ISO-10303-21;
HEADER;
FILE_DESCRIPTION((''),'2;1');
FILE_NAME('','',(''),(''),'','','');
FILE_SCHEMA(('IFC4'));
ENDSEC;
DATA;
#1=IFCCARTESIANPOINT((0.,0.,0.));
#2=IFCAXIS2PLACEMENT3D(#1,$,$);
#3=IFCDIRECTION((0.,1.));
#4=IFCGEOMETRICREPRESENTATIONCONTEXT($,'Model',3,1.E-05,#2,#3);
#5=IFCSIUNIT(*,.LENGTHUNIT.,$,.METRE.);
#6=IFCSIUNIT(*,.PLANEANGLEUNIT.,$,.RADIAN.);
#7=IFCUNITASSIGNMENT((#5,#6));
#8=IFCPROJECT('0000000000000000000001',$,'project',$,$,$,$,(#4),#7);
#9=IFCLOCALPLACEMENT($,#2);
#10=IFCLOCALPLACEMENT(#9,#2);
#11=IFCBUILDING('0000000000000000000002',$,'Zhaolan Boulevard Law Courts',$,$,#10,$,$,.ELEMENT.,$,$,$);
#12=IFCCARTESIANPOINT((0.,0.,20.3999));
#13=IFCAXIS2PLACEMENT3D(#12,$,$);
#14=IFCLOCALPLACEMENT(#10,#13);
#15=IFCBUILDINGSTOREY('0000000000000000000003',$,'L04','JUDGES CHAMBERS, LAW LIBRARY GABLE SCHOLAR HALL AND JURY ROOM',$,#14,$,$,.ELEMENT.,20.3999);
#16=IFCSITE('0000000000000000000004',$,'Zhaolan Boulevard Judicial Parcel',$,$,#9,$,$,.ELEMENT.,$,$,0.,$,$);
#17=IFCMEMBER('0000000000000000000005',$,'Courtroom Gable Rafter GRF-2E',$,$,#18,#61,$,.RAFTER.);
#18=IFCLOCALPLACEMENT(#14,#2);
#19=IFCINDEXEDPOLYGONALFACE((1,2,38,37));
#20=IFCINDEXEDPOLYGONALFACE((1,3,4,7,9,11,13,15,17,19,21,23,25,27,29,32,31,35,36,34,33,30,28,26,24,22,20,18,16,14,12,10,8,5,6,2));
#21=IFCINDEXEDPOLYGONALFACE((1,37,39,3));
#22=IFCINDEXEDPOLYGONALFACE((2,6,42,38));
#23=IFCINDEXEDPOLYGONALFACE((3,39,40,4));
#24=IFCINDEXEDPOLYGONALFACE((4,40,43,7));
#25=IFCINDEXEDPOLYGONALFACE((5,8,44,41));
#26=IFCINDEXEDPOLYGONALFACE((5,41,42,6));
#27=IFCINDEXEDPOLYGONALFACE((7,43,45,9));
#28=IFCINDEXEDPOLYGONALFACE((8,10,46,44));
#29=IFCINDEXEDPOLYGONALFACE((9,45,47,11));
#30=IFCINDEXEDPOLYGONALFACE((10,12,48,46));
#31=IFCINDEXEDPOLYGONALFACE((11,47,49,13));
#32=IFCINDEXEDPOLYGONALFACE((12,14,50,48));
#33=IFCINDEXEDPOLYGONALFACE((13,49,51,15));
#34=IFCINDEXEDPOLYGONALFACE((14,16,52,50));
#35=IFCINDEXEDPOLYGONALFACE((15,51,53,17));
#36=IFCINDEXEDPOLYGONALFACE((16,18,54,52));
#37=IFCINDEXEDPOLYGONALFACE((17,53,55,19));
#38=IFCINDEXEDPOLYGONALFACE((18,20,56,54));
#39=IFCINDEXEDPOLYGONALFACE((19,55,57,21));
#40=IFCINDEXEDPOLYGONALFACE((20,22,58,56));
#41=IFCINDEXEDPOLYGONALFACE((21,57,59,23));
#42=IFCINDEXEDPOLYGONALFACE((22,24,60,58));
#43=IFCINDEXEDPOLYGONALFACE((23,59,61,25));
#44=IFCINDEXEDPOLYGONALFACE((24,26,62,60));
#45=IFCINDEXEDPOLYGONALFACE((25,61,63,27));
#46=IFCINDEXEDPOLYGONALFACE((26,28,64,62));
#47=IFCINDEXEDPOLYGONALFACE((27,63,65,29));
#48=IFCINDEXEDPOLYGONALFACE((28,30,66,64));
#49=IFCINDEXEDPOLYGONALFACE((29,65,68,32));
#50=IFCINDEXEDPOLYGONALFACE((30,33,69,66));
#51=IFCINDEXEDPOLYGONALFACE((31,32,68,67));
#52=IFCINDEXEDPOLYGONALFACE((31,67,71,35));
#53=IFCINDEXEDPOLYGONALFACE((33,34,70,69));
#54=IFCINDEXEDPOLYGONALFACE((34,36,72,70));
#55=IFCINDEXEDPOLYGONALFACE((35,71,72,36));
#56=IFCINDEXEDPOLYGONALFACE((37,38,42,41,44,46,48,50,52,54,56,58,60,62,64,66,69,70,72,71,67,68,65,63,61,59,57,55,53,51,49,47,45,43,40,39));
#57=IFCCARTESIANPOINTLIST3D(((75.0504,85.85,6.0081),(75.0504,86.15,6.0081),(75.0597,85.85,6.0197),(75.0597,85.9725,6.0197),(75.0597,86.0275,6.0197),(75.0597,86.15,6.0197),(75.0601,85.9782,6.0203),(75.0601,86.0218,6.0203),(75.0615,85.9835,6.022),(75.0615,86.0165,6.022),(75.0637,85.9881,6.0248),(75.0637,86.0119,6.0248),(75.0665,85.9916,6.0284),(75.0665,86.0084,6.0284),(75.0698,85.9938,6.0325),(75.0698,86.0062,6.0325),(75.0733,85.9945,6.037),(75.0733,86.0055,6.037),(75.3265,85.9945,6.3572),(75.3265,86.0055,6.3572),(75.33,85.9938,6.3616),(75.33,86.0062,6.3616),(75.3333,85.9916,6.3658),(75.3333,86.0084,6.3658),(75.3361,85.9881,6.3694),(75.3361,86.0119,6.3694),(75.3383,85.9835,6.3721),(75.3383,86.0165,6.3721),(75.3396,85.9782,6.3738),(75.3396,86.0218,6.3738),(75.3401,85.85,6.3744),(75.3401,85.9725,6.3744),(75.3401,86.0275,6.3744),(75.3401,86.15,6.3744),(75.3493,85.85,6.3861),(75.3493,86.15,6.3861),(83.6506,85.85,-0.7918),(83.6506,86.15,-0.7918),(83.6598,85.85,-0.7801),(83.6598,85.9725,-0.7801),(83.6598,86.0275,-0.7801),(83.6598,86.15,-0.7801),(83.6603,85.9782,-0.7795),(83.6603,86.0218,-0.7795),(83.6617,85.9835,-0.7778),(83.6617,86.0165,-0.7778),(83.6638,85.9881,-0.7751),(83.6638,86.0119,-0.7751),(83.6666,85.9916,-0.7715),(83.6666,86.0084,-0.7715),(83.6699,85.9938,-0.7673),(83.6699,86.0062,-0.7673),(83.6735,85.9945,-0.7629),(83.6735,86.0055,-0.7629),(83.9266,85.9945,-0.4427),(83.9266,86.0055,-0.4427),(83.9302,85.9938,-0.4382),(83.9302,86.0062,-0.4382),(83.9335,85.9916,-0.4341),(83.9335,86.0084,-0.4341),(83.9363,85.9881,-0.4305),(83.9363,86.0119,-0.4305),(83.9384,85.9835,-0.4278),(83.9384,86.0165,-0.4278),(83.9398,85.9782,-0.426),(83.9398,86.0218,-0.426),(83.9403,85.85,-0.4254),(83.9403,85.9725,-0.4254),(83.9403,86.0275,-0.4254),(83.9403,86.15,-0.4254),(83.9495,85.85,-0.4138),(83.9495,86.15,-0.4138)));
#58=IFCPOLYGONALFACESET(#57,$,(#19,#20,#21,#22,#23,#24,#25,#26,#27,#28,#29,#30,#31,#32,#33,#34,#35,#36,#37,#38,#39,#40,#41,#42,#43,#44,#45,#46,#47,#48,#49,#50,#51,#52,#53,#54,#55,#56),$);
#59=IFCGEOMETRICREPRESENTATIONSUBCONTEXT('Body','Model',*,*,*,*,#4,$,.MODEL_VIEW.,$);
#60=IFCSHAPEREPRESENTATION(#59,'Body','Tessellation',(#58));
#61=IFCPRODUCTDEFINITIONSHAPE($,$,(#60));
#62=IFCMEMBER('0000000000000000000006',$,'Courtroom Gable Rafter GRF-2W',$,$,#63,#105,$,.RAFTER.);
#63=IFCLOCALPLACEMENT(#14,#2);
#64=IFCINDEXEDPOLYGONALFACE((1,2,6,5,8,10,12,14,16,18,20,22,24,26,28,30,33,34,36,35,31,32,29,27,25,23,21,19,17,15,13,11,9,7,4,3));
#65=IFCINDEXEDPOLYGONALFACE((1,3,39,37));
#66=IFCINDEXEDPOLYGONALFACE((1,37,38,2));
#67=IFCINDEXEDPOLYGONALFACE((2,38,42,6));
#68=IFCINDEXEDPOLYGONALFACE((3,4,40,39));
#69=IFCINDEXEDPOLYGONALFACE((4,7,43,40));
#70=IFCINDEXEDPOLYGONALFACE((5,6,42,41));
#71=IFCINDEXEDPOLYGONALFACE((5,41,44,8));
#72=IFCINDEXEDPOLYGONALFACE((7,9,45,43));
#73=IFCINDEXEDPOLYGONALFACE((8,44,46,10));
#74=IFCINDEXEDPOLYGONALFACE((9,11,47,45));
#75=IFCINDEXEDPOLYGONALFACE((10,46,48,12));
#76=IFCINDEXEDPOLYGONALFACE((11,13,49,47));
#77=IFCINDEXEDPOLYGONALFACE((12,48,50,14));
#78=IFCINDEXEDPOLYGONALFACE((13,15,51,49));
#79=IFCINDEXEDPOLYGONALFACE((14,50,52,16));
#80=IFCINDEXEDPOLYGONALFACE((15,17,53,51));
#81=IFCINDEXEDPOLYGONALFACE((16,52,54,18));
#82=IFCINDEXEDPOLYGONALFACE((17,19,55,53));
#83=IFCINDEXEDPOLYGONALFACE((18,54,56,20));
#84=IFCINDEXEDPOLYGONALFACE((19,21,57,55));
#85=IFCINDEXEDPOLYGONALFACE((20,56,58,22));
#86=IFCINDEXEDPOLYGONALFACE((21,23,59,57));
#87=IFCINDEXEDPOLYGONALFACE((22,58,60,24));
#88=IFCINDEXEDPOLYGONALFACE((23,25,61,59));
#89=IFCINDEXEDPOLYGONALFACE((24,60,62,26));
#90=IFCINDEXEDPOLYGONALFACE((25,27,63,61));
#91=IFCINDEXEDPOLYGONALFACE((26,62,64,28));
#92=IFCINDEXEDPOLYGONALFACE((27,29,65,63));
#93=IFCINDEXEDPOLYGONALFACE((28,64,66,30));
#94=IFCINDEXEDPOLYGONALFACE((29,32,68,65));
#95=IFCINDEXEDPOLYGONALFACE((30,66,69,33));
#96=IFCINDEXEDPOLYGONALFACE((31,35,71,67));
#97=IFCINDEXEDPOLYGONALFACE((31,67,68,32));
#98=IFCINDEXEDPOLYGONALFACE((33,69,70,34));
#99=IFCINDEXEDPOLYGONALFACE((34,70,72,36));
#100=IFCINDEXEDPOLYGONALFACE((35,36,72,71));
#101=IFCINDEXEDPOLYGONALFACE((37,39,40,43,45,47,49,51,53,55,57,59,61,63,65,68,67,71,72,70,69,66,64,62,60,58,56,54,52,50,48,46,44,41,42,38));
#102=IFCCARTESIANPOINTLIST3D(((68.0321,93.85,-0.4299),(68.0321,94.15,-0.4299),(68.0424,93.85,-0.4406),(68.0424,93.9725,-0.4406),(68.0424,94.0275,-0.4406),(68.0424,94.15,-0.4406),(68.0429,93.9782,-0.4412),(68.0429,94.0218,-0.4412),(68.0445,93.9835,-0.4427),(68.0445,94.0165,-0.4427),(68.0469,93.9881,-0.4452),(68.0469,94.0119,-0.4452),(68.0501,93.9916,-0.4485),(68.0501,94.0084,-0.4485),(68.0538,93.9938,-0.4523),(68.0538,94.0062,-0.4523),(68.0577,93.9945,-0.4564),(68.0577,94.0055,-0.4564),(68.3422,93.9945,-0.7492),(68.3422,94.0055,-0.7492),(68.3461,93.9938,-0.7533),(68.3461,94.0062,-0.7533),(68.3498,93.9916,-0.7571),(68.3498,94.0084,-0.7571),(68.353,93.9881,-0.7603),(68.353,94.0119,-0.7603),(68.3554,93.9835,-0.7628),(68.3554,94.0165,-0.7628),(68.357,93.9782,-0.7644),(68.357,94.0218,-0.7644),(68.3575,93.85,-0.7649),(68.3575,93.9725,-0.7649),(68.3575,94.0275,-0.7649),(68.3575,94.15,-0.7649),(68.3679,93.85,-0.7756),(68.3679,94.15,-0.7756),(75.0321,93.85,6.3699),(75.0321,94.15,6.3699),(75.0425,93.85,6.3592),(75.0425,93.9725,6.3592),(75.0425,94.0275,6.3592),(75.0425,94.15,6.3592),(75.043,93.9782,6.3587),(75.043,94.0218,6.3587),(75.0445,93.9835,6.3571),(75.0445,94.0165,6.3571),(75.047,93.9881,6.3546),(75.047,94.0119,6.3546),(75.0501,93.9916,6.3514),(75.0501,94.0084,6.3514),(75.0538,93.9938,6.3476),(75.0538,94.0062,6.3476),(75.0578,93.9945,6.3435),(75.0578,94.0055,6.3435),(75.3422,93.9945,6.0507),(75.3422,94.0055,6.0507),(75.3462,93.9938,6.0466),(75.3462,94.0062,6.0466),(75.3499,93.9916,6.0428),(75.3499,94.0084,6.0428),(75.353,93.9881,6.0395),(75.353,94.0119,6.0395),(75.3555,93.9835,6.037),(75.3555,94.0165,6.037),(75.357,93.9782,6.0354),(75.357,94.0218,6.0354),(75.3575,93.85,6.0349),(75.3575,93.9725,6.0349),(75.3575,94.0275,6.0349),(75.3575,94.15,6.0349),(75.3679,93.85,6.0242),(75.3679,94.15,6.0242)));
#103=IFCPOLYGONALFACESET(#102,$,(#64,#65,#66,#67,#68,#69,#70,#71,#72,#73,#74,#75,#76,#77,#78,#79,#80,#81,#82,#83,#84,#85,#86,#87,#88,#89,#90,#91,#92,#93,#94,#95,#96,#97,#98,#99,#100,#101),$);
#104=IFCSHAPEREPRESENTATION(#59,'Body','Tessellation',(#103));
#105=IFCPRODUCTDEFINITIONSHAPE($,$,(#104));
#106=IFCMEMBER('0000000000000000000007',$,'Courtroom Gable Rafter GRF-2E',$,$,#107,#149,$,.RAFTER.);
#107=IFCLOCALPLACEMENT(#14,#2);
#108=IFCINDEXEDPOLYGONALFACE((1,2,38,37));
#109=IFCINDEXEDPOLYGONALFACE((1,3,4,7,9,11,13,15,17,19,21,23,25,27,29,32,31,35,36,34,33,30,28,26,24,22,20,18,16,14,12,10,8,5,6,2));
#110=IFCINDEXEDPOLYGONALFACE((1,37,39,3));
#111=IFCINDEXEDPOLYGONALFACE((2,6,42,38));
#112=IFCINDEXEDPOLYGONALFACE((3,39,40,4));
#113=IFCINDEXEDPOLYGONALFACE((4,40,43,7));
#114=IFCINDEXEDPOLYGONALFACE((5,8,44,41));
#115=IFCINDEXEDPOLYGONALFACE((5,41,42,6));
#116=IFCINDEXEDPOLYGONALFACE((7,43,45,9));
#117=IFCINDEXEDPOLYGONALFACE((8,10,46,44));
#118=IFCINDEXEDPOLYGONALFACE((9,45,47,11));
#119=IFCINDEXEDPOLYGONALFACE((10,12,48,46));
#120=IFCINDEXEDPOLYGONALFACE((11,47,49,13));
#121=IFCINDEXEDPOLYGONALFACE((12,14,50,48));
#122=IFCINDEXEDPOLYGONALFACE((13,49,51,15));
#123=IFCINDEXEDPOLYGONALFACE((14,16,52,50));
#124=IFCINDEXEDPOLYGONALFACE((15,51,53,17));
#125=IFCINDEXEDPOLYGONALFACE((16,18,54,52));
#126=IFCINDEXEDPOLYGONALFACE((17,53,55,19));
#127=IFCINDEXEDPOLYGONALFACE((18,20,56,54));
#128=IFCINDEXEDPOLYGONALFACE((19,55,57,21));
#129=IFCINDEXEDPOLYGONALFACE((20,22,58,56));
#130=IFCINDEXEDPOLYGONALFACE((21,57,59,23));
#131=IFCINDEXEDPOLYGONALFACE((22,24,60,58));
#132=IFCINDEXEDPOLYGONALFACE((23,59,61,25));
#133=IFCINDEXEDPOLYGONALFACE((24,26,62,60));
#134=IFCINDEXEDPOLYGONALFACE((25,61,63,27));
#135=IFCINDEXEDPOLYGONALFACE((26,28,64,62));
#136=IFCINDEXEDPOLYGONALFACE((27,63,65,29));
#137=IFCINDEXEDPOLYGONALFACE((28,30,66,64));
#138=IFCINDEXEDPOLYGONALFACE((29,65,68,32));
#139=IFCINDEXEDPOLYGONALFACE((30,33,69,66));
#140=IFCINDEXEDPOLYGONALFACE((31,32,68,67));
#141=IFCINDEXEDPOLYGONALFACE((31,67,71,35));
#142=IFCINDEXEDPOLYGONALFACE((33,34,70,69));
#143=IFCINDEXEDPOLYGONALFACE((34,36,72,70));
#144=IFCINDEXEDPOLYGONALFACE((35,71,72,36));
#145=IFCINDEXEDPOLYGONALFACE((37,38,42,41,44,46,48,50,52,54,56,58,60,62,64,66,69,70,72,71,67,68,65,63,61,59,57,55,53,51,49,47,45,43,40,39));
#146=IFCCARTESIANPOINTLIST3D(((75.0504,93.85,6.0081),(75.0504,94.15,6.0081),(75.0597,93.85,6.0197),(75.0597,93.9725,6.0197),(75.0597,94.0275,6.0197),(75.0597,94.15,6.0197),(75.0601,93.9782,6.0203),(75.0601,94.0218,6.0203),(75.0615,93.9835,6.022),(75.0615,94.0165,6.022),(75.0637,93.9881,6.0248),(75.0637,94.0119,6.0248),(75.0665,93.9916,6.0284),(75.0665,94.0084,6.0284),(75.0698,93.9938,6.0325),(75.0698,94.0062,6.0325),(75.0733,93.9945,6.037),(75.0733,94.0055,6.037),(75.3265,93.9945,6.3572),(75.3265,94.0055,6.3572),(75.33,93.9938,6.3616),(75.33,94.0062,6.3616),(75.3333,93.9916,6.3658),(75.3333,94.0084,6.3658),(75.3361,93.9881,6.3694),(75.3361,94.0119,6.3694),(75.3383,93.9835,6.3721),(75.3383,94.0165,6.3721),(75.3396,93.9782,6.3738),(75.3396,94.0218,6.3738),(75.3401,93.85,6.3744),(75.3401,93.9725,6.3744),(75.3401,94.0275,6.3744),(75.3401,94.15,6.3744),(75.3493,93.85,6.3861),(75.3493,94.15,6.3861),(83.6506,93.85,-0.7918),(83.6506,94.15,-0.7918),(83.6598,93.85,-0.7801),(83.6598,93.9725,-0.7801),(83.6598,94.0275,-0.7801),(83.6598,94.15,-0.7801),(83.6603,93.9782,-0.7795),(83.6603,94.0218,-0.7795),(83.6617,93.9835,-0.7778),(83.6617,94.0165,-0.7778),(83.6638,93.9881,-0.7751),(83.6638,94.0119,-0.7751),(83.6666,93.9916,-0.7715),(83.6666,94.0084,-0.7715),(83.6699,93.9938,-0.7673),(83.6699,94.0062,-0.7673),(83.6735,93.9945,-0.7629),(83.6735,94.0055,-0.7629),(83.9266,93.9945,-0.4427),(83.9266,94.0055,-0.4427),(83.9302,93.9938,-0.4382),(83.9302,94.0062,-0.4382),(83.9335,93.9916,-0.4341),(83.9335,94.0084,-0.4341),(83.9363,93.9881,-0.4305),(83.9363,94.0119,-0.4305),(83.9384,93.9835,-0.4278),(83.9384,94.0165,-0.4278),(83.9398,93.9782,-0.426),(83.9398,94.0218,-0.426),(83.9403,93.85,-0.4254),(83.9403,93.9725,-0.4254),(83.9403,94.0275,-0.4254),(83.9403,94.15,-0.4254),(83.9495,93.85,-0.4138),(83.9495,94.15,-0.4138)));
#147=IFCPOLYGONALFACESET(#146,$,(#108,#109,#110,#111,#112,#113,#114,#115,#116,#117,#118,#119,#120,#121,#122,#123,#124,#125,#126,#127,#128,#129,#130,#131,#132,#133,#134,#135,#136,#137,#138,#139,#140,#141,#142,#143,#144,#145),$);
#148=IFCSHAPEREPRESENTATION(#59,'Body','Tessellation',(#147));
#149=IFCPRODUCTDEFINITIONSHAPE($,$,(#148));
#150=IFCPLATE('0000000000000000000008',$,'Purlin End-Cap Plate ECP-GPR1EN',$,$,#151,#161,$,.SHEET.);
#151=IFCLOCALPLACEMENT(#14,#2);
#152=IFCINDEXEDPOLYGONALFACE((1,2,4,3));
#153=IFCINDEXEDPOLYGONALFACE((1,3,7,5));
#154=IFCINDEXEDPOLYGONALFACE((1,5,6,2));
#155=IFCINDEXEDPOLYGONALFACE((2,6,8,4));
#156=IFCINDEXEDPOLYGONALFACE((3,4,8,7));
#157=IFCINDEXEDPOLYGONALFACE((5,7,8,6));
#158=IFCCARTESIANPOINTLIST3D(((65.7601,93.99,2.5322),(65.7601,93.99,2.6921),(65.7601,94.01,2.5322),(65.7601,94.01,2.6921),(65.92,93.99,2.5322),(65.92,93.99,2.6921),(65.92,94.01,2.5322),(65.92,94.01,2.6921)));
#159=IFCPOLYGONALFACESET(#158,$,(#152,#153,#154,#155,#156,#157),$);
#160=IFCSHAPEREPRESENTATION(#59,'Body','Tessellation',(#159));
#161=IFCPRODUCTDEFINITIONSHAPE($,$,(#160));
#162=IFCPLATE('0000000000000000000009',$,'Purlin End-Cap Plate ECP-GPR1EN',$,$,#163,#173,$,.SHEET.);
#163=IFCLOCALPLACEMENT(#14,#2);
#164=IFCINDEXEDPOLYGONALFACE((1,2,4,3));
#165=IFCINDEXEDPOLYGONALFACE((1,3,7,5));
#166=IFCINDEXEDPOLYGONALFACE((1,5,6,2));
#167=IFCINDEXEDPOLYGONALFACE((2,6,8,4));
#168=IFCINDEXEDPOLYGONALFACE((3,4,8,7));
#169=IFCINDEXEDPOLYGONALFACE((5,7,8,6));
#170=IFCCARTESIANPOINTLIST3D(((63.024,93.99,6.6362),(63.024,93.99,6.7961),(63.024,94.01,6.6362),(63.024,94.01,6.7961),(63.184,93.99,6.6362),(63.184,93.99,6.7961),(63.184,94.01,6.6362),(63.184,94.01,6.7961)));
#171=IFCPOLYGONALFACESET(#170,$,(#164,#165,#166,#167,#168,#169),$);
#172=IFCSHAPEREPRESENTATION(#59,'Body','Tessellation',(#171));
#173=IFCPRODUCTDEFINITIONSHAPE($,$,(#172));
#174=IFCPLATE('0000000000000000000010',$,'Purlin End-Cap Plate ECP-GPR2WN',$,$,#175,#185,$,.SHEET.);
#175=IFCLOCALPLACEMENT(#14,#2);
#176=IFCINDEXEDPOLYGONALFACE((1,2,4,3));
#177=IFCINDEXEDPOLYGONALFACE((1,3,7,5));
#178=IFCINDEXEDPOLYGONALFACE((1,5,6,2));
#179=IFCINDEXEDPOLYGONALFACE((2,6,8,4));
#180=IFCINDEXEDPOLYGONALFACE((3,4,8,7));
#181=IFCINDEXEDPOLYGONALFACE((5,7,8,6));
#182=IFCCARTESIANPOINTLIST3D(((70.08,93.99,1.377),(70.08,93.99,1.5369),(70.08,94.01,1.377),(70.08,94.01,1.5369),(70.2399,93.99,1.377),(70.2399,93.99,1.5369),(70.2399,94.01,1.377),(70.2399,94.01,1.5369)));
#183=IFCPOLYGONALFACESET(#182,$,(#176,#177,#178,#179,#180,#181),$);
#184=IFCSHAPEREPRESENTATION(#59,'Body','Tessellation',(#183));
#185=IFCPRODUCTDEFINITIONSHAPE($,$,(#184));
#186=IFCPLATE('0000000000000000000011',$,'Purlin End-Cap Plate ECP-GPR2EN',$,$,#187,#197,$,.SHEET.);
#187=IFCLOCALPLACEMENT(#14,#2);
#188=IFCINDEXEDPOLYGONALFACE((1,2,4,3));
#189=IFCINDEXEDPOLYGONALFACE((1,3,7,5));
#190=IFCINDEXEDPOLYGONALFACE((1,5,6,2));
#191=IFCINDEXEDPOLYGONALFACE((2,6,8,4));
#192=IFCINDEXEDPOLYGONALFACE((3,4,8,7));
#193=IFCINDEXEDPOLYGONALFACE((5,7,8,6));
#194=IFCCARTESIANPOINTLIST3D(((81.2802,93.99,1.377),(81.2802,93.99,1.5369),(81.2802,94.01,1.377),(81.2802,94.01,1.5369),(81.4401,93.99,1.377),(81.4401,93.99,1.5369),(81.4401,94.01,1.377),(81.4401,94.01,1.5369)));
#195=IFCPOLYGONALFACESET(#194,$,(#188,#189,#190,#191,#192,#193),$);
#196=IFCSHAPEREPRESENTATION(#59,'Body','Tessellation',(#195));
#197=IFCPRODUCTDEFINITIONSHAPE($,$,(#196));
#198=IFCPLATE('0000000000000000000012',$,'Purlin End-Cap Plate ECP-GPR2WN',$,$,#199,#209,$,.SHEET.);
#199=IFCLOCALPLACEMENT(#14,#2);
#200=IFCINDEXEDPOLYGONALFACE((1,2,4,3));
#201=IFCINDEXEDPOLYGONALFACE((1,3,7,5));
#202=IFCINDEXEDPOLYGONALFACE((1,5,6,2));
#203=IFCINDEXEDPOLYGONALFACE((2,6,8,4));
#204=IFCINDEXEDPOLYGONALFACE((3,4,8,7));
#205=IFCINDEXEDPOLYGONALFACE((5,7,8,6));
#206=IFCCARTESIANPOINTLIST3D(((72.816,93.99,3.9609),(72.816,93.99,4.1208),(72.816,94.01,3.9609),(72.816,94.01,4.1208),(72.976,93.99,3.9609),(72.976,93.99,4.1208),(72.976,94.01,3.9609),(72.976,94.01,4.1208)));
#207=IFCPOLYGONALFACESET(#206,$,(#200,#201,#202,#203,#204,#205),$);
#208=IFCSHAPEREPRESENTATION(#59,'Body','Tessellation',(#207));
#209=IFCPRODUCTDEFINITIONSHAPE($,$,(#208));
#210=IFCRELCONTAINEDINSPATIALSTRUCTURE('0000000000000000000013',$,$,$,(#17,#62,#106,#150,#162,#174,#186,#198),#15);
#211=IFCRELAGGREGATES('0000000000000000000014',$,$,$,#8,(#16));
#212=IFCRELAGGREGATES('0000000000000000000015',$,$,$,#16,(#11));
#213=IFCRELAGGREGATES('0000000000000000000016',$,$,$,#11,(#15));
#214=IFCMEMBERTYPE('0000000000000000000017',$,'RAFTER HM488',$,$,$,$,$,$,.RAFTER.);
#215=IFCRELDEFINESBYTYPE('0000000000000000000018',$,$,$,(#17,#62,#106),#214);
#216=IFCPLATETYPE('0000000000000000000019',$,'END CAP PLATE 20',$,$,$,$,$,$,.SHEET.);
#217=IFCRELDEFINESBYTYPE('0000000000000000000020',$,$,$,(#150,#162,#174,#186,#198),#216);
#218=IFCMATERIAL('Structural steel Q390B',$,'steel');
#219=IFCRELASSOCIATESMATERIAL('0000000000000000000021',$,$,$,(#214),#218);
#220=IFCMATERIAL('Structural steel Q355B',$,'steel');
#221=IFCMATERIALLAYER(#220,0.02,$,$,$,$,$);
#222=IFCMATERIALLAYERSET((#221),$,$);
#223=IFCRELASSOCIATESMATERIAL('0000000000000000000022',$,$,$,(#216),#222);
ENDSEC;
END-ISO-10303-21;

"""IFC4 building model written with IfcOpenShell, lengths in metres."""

from ifc_helpers import new_model, si_unit, direction, frame, origin, origin_2d, place, context, subcontext, project, spatial, rectangle, i_section, extrude, material, layer, layer_set, material_profile, profile_set, type_object, element, save


model = new_model("IFC4")

# Units and contexts
model_context = context("Model", 3, precision=1e-05, world=origin(), true_north=direction((0.0, 1.0)))
body_context = subcontext(model_context, "Body", "Model", "MODEL_VIEW")
ifc_project = project(units=[si_unit("LENGTHUNIT", "METRE"), si_unit("PLANEANGLEUNIT", "RADIAN")], contexts=[model_context])

# Site, building, storey
site_placement = place(None, origin())
site = spatial("IfcSite", under=ifc_project, at=site_placement, Name="Zhaolan Boulevard Judicial Parcel", CompositionType="ELEMENT", RefElevation=0.0)
building_placement = place(site_placement, origin())
building = spatial("IfcBuilding", under=site, at=building_placement, Name="Zhaolan Boulevard Law Courts", CompositionType="ELEMENT")
storey_placement = place(building_placement, frame((0.0, 0.0, 20.3999)))
storey = spatial("IfcBuildingStorey", under=building, at=storey_placement, Name="L04", Description="JUDGES CHAMBERS, LAW LIBRARY GABLE SCHOLAR HALL AND JURY ROOM", CompositionType="ELEMENT", Elevation=20.3999)

# Members
ifc_material_1 = material(Name="Structural steel Q390B", Category="steel")
ifc_material_profile = material_profile(ifc_material_1, i_section(OverallWidth=0.3, OverallDepth=0.4819, WebThickness=0.011, FlangeThickness=0.0149, FilletRadius=0.022, at=origin_2d()), Name="HM482x300")
ifc_profile_set = profile_set([ifc_material_profile], Name="Structural steel Q390B")
member_type = type_object("IfcMemberType", Name="RAFTER HM488", PredefinedType="RAFTER", material=ifc_profile_set)
member_1_placement = place(storey_placement, frame((83.8, 86.0, -0.6028), z_axis=(-0.784428, 0.0, 0.62022), x_axis=(0.0, -1.0, 0.0)))
element("IfcMember", 1, at=member_1_placement, inside=storey, type_object=member_type, Name="Courtroom Gable Rafter GRF-2E", PredefinedType="RAFTER", context=body_context, shape_type="SweptSolid", body=[
    extrude(i_section(OverallWidth=0.3, OverallDepth=0.4819, WebThickness=0.011, FlangeThickness=0.0149, FilletRadius=0.022, at=origin_2d()), origin(), (0.0, 0.0, 1.0), 10.9636),
])
member_2_placement = place(storey_placement, frame((68.2, 94.0, -0.6028), z_axis=(0.717289, 0.0, 0.696775), x_axis=(0.0, 1.0, 0.0)))
element("IfcMember", 2, at=member_2_placement, inside=storey, type_object=member_type, Name="Courtroom Gable Rafter GRF-2W", PredefinedType="RAFTER", context=body_context, shape_type="SweptSolid", body=[
    extrude(i_section(OverallWidth=0.3, OverallDepth=0.4819, WebThickness=0.011, FlangeThickness=0.0149, FilletRadius=0.022, at=origin_2d()), origin(), (0.0, 0.0, 1.0), 9.759),
])
member_3_placement = place(storey_placement, frame((83.8, 94.0, -0.6028), z_axis=(-0.784428, 0.0, 0.62022), x_axis=(0.0, -1.0, 0.0)))
element("IfcMember", 3, at=member_3_placement, inside=storey, type_object=member_type, Name="Courtroom Gable Rafter GRF-2E", PredefinedType="RAFTER", context=body_context, shape_type="SweptSolid", body=[
    extrude(i_section(OverallWidth=0.3, OverallDepth=0.4819, WebThickness=0.011, FlangeThickness=0.0149, FilletRadius=0.022, at=origin_2d()), origin(), (0.0, 0.0, 1.0), 10.9636),
])

# Plates
ifc_material_2 = material(Name="Structural steel Q355B", Category="steel")
ifc_layer_1 = layer(ifc_material_2, 0.02)
ifc_layer_set_1 = layer_set([ifc_layer_1])
plate_type = type_object("IfcPlateType", Name="END CAP PLATE 20", PredefinedType="SHEET", material=ifc_layer_set_1)
for number, where, z_axis, x_axis, name in (
    (4, (65.8401, 94.0, 2.5322), (0.0, 0.0, 1.0), (1.0, 0.0, 0.0), "Purlin End-Cap Plate ECP-GPR1EN"),
    (5, (63.104, 94.0, 6.6362), (0.0, 0.0, 1.0), (1.0, 0.0, 0.0), "Purlin End-Cap Plate ECP-GPR1EN"),
    (6, (70.1599, 94.0, 1.377), (0.0, 0.0, 1.0), (1.0, 0.0, 0.0), "Purlin End-Cap Plate ECP-GPR2WN"),
    (7, (81.3601, 94.0, 1.377), (0.0, 0.0, 1.0), (1.0, 0.0, 0.0), "Purlin End-Cap Plate ECP-GPR2EN"),
    (8, (72.896, 94.0, 3.9609), (0.0, 0.0, 1.0), (1.0, 0.0, 0.0), "Purlin End-Cap Plate ECP-GPR2WN"),
):
    element("IfcPlate", number, at=place(storey_placement, frame(where, z_axis=z_axis, x_axis=x_axis)), inside=storey, type_object=plate_type, Name=name, PredefinedType="SHEET", context=body_context, shape_type="SweptSolid", body=[
        extrude(rectangle(XDim=0.1599, YDim=0.02, at=origin_2d()), origin(), (0.0, 0.0, 1.0), 0.1599),
    ])

save(model, "model.ifc")
